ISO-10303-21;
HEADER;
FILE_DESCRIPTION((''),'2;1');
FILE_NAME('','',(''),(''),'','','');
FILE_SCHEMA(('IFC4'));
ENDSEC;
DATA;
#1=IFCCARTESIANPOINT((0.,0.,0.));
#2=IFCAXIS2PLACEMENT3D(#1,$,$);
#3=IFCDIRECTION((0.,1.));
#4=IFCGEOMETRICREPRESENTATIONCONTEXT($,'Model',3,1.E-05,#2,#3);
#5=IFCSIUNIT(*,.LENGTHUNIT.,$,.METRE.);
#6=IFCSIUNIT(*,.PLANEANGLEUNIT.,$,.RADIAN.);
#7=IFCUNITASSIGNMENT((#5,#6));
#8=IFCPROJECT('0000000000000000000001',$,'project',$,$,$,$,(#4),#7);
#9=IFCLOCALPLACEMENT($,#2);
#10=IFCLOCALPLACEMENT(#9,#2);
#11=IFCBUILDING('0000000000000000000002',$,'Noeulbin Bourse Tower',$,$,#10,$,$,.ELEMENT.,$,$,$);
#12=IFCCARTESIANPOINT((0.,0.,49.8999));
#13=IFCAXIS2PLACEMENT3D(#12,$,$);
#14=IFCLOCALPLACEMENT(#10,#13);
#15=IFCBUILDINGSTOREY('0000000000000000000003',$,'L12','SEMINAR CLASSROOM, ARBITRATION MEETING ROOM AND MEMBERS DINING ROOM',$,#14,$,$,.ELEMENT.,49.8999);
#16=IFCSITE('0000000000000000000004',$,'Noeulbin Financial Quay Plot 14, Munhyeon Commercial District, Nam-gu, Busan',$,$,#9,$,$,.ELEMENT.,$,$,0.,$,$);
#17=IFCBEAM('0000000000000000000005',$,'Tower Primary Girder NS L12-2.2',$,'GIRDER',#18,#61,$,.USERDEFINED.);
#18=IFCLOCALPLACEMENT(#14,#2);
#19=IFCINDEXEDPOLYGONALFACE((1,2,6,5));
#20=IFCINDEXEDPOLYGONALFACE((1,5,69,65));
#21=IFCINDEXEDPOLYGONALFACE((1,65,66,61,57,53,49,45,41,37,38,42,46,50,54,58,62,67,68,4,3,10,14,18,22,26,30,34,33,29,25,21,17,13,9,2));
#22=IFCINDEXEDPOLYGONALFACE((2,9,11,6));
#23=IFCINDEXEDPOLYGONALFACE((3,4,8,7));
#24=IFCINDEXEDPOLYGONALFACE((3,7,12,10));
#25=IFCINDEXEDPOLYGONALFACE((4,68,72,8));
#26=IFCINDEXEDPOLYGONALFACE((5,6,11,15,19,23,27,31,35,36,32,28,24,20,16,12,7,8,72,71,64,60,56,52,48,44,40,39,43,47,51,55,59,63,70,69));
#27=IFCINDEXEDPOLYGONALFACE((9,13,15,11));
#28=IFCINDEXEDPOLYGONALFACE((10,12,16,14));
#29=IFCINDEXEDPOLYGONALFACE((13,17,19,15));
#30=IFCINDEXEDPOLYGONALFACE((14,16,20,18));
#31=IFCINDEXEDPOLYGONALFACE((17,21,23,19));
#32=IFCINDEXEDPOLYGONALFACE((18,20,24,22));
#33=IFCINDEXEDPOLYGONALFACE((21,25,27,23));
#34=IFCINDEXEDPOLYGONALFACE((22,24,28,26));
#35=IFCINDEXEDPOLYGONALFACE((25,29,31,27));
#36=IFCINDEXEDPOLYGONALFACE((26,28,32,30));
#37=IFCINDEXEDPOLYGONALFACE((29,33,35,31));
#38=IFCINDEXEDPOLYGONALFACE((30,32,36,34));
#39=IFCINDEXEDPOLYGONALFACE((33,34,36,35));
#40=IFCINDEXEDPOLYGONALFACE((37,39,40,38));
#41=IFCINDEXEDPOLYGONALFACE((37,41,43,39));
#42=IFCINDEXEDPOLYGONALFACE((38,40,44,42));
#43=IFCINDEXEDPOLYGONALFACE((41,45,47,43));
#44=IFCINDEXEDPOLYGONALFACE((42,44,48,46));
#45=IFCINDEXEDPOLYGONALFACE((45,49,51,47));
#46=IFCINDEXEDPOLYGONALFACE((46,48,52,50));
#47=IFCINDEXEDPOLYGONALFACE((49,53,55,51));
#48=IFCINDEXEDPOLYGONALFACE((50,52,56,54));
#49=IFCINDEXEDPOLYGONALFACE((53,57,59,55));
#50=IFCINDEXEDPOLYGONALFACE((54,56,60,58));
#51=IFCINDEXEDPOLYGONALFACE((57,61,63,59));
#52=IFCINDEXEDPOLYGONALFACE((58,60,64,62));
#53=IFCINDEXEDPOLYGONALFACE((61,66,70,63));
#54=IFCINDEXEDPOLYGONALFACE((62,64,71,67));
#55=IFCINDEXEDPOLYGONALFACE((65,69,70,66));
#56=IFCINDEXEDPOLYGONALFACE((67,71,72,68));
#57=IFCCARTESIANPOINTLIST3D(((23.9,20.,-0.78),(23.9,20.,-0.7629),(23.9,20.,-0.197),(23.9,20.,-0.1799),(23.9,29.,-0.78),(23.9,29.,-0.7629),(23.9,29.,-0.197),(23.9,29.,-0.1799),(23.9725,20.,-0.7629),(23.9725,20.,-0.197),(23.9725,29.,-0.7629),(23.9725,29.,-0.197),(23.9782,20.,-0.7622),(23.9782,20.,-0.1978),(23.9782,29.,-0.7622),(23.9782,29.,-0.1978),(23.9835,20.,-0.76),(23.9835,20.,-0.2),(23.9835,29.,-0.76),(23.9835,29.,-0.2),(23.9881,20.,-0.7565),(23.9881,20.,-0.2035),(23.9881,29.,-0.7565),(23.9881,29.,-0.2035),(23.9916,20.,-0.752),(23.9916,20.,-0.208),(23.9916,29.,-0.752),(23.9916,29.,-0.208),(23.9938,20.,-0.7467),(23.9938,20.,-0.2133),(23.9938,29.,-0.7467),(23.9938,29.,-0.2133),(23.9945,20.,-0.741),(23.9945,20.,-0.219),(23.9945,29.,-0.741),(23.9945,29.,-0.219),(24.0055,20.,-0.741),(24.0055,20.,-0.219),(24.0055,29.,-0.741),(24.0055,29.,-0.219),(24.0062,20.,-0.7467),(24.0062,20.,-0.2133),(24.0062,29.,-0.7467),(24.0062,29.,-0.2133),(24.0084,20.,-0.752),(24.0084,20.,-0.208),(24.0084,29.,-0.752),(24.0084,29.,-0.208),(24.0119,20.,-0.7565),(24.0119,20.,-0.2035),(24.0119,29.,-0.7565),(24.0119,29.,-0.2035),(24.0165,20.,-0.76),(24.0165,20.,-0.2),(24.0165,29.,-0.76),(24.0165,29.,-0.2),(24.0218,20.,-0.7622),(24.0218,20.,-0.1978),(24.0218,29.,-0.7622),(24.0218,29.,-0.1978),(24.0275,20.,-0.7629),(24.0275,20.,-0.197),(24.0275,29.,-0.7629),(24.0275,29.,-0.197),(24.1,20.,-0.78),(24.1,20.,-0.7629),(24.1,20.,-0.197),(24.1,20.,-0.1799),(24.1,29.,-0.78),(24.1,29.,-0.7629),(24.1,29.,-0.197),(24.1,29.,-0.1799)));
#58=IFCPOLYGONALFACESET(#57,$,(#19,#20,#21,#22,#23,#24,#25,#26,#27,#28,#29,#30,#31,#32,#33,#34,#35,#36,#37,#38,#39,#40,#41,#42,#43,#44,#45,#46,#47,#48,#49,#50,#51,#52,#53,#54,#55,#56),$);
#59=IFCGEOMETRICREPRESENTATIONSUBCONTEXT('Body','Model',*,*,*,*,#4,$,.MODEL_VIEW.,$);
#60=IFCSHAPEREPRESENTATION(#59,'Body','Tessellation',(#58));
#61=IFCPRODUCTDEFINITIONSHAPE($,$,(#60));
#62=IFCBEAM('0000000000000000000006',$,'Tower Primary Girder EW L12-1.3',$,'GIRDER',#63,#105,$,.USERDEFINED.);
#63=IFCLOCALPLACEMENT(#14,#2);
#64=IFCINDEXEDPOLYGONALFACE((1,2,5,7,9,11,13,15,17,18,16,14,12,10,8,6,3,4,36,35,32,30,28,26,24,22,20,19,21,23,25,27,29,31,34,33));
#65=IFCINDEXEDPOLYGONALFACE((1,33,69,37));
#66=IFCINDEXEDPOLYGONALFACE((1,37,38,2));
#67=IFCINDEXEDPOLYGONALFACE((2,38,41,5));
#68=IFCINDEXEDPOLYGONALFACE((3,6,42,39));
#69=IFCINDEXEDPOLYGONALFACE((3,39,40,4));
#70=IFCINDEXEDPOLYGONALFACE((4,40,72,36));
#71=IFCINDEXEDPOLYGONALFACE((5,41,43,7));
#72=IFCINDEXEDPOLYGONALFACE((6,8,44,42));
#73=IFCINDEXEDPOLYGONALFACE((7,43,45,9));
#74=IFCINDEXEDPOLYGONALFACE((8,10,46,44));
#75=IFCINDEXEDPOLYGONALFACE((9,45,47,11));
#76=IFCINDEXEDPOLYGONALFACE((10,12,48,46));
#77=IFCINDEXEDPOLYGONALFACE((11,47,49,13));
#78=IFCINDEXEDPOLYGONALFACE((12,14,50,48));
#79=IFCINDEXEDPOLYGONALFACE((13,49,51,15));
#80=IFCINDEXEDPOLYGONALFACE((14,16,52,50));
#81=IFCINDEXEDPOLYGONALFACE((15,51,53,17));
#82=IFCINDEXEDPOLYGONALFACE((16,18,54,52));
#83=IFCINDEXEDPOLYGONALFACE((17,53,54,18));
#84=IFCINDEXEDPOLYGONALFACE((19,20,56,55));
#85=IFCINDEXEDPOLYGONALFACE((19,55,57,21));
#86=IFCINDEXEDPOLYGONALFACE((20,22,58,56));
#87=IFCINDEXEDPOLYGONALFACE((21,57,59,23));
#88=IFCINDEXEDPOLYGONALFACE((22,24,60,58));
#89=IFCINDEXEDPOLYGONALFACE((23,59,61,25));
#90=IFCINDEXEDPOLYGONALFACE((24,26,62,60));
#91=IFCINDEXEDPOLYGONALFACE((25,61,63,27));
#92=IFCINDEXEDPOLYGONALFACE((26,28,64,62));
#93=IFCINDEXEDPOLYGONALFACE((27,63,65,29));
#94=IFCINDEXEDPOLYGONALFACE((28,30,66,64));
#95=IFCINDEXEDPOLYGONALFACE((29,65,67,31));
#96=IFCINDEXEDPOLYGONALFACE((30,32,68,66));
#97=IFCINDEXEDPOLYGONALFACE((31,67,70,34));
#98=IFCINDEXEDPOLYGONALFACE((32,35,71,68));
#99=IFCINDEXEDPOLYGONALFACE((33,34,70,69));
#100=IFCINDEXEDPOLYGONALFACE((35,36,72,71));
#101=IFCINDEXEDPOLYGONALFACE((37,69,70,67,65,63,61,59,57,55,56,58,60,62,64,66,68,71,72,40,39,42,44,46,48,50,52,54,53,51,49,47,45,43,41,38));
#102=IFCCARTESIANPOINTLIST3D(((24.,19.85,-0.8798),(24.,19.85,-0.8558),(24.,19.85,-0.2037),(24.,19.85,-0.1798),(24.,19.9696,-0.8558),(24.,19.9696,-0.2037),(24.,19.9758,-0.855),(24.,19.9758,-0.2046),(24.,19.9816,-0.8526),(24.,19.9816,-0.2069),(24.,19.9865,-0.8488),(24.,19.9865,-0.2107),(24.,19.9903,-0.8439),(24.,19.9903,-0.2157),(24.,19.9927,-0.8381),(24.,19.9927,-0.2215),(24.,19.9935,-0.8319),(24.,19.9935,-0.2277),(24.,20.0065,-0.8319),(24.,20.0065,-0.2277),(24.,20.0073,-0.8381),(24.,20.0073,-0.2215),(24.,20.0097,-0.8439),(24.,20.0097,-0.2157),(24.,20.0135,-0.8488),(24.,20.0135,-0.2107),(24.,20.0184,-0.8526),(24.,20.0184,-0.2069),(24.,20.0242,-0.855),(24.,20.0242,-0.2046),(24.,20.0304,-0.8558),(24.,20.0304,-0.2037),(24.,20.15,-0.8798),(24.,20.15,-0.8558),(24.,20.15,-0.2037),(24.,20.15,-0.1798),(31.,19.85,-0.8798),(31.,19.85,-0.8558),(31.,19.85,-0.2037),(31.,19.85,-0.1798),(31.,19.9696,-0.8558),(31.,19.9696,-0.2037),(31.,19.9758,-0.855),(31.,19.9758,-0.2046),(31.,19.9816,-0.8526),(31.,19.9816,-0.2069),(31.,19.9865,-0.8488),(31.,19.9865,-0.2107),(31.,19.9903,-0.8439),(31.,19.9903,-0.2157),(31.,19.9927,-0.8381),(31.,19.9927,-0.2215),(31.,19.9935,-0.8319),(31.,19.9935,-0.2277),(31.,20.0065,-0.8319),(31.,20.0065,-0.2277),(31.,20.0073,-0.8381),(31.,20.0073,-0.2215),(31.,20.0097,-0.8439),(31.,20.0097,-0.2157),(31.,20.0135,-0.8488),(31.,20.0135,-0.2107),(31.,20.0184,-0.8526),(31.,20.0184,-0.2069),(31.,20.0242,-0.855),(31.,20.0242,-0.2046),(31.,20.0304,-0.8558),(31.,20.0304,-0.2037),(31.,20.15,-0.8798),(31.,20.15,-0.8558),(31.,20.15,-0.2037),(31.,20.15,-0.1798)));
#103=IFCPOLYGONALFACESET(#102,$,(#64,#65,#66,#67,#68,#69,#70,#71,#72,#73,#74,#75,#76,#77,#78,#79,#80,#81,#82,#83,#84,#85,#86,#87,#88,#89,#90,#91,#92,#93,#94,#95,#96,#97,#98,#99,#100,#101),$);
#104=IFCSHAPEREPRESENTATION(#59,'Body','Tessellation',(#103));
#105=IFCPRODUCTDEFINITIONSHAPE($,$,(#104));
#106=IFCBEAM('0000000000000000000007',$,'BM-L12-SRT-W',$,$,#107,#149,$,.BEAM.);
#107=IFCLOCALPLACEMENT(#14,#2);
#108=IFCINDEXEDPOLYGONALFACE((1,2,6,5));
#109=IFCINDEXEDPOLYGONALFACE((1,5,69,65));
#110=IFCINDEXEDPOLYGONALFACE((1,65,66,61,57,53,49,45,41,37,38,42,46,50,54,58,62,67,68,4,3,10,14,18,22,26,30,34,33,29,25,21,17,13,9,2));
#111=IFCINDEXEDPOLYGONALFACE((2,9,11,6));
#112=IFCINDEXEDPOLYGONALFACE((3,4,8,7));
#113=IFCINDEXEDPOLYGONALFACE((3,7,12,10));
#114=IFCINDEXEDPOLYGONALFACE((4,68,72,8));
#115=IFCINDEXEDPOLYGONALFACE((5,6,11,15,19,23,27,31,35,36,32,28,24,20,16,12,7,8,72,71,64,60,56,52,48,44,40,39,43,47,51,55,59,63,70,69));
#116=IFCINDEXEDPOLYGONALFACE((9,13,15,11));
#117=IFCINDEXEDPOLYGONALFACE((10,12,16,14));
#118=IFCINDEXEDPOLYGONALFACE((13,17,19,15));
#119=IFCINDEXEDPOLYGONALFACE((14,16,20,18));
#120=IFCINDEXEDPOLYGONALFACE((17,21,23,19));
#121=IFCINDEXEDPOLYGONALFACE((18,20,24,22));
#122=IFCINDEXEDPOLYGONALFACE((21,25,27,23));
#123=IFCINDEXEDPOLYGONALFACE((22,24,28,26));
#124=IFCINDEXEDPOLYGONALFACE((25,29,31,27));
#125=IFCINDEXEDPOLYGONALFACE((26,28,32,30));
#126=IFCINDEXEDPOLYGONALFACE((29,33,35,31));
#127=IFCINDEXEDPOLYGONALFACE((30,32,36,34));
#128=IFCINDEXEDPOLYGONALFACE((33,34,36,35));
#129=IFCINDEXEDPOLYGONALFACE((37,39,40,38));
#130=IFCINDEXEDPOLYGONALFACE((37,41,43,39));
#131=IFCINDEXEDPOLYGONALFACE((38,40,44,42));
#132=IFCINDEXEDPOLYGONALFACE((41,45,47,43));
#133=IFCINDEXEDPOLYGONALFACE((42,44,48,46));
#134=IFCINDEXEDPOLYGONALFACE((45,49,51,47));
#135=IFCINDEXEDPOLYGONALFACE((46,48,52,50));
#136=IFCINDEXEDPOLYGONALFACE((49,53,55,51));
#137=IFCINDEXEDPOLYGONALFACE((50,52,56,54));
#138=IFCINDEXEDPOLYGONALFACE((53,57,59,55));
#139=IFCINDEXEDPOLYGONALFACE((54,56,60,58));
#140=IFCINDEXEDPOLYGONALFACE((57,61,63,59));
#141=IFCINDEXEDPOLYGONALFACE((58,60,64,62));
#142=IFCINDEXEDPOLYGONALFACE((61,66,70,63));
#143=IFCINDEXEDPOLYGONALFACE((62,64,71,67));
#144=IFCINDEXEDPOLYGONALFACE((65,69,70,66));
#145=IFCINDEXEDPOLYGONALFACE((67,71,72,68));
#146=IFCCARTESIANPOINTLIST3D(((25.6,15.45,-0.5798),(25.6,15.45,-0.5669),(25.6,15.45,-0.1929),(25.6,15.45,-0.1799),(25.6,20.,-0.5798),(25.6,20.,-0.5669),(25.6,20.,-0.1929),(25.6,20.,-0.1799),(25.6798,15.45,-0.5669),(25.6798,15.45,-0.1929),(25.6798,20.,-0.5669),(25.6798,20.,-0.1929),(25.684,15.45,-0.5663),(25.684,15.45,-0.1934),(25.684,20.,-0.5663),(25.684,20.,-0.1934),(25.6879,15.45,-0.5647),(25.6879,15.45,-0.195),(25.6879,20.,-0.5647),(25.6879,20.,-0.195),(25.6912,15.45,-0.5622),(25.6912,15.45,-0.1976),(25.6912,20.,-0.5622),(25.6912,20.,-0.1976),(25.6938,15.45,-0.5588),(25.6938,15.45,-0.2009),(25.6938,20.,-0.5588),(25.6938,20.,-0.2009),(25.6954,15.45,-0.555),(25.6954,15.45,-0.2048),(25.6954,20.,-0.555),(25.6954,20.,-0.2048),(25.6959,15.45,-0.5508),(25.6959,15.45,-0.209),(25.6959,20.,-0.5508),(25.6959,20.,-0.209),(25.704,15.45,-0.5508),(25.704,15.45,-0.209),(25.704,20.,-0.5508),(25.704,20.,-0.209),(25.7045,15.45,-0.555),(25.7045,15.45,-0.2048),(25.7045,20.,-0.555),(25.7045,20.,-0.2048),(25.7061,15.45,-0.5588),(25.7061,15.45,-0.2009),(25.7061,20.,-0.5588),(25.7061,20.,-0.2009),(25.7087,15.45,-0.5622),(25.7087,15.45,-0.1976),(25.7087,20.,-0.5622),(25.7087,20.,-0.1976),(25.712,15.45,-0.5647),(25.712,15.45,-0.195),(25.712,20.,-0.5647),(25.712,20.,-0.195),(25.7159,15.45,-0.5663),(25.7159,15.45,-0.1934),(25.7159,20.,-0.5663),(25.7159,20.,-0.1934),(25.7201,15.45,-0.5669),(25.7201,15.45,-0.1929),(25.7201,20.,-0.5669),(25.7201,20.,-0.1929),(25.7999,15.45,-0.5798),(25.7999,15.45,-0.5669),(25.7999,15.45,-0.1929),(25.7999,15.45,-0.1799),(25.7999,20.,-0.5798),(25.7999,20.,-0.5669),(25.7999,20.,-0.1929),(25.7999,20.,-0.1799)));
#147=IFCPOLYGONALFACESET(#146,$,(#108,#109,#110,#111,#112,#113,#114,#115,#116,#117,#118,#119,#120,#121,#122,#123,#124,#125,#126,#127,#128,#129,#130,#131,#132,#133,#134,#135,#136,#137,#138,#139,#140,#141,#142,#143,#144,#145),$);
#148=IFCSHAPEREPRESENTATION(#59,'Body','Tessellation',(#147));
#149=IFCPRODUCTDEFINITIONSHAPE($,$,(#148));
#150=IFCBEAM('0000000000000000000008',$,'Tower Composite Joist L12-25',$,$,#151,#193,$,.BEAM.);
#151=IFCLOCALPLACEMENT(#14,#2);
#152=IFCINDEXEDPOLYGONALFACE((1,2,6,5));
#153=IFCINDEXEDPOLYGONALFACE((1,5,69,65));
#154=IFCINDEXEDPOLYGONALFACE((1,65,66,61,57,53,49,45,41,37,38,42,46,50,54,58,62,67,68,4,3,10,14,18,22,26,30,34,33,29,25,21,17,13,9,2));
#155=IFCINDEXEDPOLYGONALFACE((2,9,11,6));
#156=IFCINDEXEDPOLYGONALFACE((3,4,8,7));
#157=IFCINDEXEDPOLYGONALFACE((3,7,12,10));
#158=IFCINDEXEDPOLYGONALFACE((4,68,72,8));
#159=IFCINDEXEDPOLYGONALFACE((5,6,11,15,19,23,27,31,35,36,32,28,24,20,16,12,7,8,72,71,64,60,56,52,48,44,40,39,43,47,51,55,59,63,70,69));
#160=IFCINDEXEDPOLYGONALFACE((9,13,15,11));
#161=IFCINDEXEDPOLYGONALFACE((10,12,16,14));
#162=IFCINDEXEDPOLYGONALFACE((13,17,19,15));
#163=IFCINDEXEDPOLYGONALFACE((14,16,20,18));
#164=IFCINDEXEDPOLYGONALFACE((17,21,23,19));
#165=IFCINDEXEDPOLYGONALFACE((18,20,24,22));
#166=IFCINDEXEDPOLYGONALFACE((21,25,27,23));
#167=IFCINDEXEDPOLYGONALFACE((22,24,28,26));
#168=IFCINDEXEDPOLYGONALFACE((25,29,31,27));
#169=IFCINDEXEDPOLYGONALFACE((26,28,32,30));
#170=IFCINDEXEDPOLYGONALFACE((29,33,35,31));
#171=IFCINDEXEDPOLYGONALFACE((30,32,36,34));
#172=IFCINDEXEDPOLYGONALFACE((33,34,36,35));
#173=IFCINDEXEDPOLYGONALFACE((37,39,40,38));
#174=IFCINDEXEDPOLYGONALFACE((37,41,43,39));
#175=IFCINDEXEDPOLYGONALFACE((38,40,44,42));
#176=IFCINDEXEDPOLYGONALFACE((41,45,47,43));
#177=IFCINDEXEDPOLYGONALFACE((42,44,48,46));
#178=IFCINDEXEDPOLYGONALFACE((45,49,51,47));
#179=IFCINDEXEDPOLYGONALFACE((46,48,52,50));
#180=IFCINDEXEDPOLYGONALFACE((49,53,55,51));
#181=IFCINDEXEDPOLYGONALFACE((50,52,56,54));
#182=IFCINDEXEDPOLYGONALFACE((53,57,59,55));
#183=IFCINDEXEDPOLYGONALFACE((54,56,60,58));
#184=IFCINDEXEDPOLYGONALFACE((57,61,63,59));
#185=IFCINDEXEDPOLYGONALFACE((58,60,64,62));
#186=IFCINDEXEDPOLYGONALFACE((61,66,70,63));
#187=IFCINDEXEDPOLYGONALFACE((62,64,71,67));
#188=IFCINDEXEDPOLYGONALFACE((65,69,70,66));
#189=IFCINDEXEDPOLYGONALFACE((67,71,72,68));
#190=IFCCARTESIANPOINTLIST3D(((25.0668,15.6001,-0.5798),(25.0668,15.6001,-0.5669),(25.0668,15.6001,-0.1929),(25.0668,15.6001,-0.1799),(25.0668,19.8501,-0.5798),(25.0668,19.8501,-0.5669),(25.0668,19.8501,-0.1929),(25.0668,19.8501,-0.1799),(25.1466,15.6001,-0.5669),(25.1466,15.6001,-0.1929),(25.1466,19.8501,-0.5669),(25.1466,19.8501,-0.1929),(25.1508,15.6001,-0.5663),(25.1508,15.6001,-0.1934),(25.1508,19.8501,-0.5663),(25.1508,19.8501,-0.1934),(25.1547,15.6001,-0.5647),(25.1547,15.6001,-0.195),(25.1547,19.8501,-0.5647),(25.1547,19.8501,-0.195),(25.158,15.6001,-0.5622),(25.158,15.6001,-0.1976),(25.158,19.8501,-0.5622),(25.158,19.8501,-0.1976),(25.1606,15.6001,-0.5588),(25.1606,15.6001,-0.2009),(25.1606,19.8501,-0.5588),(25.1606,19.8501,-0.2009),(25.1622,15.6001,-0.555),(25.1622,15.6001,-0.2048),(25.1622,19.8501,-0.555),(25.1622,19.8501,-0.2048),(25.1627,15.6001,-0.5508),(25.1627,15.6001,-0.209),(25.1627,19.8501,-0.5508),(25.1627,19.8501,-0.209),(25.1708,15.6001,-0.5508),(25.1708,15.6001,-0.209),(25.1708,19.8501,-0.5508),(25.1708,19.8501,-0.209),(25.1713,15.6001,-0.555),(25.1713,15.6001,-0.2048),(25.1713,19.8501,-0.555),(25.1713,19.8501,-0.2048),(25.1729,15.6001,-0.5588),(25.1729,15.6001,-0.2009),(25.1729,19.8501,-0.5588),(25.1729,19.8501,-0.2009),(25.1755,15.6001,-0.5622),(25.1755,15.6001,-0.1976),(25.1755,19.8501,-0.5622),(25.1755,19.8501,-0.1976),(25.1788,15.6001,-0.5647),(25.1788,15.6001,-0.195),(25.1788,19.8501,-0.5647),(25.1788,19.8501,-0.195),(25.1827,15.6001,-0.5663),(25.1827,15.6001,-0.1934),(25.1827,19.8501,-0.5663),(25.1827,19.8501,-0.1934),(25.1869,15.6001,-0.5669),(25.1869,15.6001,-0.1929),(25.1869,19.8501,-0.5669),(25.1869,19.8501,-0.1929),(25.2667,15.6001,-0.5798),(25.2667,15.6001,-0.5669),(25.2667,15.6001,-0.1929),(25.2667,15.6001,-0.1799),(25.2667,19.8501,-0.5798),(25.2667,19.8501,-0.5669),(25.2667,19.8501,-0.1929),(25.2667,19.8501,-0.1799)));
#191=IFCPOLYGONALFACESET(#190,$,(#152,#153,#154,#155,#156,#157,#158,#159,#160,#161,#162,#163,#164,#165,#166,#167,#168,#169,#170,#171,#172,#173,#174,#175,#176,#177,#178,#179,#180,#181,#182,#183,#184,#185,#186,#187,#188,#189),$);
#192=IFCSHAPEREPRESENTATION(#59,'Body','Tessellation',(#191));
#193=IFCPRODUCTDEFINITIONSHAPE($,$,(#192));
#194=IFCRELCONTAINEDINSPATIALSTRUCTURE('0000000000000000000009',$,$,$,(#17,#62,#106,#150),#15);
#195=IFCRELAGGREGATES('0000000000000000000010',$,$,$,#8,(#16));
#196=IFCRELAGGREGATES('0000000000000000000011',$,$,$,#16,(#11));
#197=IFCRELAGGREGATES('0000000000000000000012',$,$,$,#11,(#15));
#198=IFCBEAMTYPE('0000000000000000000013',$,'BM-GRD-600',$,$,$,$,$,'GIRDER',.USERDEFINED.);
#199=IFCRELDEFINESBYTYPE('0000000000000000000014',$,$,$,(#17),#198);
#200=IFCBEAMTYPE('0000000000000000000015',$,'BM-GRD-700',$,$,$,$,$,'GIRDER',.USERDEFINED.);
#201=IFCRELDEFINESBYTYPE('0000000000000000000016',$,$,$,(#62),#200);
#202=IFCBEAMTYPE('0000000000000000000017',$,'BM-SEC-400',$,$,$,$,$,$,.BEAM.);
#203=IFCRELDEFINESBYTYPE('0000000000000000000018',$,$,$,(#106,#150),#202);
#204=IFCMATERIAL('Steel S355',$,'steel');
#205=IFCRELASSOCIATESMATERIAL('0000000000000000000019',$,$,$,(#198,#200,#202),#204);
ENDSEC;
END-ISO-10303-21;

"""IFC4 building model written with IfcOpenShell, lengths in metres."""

from ifc_helpers import new_model, si_unit, direction, frame, origin, origin_2d, place, context, subcontext, project, spatial, i_section, extrude, material, material_profile, profile_set, type_object, element, save


model = new_model("IFC4")

# Units and contexts
model_context = context("Model", 3, precision=1e-05, world=origin(), true_north=direction((0.0, 1.0)))
body_context = subcontext(model_context, "Body", "Model", "MODEL_VIEW")
ifc_project = project(units=[si_unit("LENGTHUNIT", "METRE"), si_unit("PLANEANGLEUNIT", "RADIAN")], contexts=[model_context])

# Site, building, storey
site_placement = place(None, origin())
site = spatial("IfcSite", under=ifc_project, at=site_placement, Name="Noeulbin Financial Quay Plot 14, Munhyeon Commercial District, Nam-gu, Busan", CompositionType="ELEMENT", RefElevation=0.0)
building_placement = place(site_placement, origin())
building = spatial("IfcBuilding", under=site, at=building_placement, Name="Noeulbin Bourse Tower", CompositionType="ELEMENT")
storey_placement = place(building_placement, frame((0.0, 0.0, 49.8999)))
storey = spatial("IfcBuildingStorey", under=building, at=storey_placement, Name="L12", Description="SEMINAR CLASSROOM, ARBITRATION MEETING ROOM AND MEMBERS DINING ROOM", CompositionType="ELEMENT", Elevation=49.8999)

# Beams
ifc_material_1 = material(Name="Steel S355", Category="steel")
ifc_material_profile_1 = material_profile(ifc_material_1, i_section(OverallWidth=0.2, OverallDepth=0.6001, WebThickness=0.011, FlangeThickness=0.0171, FilletRadius=0.022, at=origin_2d()), Name="H-600x200x11x17", Category="LoadBearing")
ifc_profile_set_1 = profile_set([ifc_material_profile_1], Name="Steel S355")
beam_type_1 = type_object("IfcBeamType", Name="BM-GRD-600", ElementType="GIRDER", PredefinedType="USERDEFINED", material=ifc_profile_set_1)
beam_1_placement = place(storey_placement, frame((24.0, 20.0, -0.48), z_axis=(0.0, 1.0, 0.0), x_axis=(-1.0, 0.0, 0.0)))
element("IfcBeam", 1, at=beam_1_placement, inside=storey, type_object=beam_type_1, Name="Tower Primary Girder NS L12-2.2", ObjectType="GIRDER", PredefinedType="USERDEFINED", context=body_context, shape_type="SweptSolid", body=[
    extrude(i_section(OverallWidth=0.2, OverallDepth=0.6001, WebThickness=0.011, FlangeThickness=0.0171, FilletRadius=0.022, at=origin_2d()), origin(), (0.0, 0.0, 1.0), 9.0),
])
ifc_material_profile_2 = material_profile(ifc_material_1, i_section(OverallWidth=0.3, OverallDepth=0.7, WebThickness=0.0129, FlangeThickness=0.0239, FilletRadius=0.0239, at=origin_2d()), Name="H-700x300x13x24", Category="LoadBearing")
ifc_profile_set_2 = profile_set([ifc_material_profile_2], Name="Steel S355")
beam_type_2 = type_object("IfcBeamType", Name="BM-GRD-700", ElementType="GIRDER", PredefinedType="USERDEFINED", material=ifc_profile_set_2)
beam_2_placement = place(storey_placement, frame((24.0, 20.0, -0.5298), z_axis=(1.0, 0.0, 0.0), x_axis=(0.0, 1.0, 0.0)))
element("IfcBeam", 2, at=beam_2_placement, inside=storey, type_object=beam_type_2, Name="Tower Primary Girder EW L12-1.3", ObjectType="GIRDER", PredefinedType="USERDEFINED", context=body_context, shape_type="SweptSolid", body=[
    extrude(i_section(OverallWidth=0.3, OverallDepth=0.7, WebThickness=0.0129, FlangeThickness=0.0239, FilletRadius=0.0239, at=origin_2d()), origin(), (0.0, 0.0, 1.0), 7.0),
])
ifc_material_profile_3 = material_profile(ifc_material_1, i_section(OverallWidth=0.2, OverallDepth=0.3999, WebThickness=0.0081, FlangeThickness=0.0129, FilletRadius=0.0161, at=origin_2d()), Name="H-400x200x8x13", Category="LoadBearing")
ifc_profile_set_3 = profile_set([ifc_material_profile_3], Name="Steel S355")
beam_type_3 = type_object("IfcBeamType", Name="BM-SEC-400", PredefinedType="BEAM", material=ifc_profile_set_3)
beam_3_placement = place(storey_placement, frame((25.7, 15.45, -0.3799), z_axis=(0.0, 1.0, 0.0), x_axis=(-1.0, 0.0, 0.0)))
element("IfcBeam", 3, at=beam_3_placement, inside=storey, type_object=beam_type_3, Name="BM-L12-SRT-W", PredefinedType="BEAM", context=body_context, shape_type="SweptSolid", body=[
    extrude(i_section(OverallWidth=0.2, OverallDepth=0.3999, WebThickness=0.0081, FlangeThickness=0.0129, FilletRadius=0.0161, at=origin_2d()), origin(), (0.0, 0.0, 1.0), 4.55),
])
beam_4_placement = place(storey_placement, frame((25.1667, 15.6001, -0.3799), z_axis=(0.0, 1.0, 0.0), x_axis=(-1.0, 0.0, 0.0)))
element("IfcBeam", 4, at=beam_4_placement, inside=storey, type_object=beam_type_3, Name="Tower Composite Joist L12-25", PredefinedType="BEAM", context=body_context, shape_type="SweptSolid", body=[
    extrude(i_section(OverallWidth=0.2, OverallDepth=0.3999, WebThickness=0.0081, FlangeThickness=0.0129, FilletRadius=0.0161, at=origin_2d()), origin(), (0.0, 0.0, 1.0), 4.25),
])

save(model, "model.ifc")
